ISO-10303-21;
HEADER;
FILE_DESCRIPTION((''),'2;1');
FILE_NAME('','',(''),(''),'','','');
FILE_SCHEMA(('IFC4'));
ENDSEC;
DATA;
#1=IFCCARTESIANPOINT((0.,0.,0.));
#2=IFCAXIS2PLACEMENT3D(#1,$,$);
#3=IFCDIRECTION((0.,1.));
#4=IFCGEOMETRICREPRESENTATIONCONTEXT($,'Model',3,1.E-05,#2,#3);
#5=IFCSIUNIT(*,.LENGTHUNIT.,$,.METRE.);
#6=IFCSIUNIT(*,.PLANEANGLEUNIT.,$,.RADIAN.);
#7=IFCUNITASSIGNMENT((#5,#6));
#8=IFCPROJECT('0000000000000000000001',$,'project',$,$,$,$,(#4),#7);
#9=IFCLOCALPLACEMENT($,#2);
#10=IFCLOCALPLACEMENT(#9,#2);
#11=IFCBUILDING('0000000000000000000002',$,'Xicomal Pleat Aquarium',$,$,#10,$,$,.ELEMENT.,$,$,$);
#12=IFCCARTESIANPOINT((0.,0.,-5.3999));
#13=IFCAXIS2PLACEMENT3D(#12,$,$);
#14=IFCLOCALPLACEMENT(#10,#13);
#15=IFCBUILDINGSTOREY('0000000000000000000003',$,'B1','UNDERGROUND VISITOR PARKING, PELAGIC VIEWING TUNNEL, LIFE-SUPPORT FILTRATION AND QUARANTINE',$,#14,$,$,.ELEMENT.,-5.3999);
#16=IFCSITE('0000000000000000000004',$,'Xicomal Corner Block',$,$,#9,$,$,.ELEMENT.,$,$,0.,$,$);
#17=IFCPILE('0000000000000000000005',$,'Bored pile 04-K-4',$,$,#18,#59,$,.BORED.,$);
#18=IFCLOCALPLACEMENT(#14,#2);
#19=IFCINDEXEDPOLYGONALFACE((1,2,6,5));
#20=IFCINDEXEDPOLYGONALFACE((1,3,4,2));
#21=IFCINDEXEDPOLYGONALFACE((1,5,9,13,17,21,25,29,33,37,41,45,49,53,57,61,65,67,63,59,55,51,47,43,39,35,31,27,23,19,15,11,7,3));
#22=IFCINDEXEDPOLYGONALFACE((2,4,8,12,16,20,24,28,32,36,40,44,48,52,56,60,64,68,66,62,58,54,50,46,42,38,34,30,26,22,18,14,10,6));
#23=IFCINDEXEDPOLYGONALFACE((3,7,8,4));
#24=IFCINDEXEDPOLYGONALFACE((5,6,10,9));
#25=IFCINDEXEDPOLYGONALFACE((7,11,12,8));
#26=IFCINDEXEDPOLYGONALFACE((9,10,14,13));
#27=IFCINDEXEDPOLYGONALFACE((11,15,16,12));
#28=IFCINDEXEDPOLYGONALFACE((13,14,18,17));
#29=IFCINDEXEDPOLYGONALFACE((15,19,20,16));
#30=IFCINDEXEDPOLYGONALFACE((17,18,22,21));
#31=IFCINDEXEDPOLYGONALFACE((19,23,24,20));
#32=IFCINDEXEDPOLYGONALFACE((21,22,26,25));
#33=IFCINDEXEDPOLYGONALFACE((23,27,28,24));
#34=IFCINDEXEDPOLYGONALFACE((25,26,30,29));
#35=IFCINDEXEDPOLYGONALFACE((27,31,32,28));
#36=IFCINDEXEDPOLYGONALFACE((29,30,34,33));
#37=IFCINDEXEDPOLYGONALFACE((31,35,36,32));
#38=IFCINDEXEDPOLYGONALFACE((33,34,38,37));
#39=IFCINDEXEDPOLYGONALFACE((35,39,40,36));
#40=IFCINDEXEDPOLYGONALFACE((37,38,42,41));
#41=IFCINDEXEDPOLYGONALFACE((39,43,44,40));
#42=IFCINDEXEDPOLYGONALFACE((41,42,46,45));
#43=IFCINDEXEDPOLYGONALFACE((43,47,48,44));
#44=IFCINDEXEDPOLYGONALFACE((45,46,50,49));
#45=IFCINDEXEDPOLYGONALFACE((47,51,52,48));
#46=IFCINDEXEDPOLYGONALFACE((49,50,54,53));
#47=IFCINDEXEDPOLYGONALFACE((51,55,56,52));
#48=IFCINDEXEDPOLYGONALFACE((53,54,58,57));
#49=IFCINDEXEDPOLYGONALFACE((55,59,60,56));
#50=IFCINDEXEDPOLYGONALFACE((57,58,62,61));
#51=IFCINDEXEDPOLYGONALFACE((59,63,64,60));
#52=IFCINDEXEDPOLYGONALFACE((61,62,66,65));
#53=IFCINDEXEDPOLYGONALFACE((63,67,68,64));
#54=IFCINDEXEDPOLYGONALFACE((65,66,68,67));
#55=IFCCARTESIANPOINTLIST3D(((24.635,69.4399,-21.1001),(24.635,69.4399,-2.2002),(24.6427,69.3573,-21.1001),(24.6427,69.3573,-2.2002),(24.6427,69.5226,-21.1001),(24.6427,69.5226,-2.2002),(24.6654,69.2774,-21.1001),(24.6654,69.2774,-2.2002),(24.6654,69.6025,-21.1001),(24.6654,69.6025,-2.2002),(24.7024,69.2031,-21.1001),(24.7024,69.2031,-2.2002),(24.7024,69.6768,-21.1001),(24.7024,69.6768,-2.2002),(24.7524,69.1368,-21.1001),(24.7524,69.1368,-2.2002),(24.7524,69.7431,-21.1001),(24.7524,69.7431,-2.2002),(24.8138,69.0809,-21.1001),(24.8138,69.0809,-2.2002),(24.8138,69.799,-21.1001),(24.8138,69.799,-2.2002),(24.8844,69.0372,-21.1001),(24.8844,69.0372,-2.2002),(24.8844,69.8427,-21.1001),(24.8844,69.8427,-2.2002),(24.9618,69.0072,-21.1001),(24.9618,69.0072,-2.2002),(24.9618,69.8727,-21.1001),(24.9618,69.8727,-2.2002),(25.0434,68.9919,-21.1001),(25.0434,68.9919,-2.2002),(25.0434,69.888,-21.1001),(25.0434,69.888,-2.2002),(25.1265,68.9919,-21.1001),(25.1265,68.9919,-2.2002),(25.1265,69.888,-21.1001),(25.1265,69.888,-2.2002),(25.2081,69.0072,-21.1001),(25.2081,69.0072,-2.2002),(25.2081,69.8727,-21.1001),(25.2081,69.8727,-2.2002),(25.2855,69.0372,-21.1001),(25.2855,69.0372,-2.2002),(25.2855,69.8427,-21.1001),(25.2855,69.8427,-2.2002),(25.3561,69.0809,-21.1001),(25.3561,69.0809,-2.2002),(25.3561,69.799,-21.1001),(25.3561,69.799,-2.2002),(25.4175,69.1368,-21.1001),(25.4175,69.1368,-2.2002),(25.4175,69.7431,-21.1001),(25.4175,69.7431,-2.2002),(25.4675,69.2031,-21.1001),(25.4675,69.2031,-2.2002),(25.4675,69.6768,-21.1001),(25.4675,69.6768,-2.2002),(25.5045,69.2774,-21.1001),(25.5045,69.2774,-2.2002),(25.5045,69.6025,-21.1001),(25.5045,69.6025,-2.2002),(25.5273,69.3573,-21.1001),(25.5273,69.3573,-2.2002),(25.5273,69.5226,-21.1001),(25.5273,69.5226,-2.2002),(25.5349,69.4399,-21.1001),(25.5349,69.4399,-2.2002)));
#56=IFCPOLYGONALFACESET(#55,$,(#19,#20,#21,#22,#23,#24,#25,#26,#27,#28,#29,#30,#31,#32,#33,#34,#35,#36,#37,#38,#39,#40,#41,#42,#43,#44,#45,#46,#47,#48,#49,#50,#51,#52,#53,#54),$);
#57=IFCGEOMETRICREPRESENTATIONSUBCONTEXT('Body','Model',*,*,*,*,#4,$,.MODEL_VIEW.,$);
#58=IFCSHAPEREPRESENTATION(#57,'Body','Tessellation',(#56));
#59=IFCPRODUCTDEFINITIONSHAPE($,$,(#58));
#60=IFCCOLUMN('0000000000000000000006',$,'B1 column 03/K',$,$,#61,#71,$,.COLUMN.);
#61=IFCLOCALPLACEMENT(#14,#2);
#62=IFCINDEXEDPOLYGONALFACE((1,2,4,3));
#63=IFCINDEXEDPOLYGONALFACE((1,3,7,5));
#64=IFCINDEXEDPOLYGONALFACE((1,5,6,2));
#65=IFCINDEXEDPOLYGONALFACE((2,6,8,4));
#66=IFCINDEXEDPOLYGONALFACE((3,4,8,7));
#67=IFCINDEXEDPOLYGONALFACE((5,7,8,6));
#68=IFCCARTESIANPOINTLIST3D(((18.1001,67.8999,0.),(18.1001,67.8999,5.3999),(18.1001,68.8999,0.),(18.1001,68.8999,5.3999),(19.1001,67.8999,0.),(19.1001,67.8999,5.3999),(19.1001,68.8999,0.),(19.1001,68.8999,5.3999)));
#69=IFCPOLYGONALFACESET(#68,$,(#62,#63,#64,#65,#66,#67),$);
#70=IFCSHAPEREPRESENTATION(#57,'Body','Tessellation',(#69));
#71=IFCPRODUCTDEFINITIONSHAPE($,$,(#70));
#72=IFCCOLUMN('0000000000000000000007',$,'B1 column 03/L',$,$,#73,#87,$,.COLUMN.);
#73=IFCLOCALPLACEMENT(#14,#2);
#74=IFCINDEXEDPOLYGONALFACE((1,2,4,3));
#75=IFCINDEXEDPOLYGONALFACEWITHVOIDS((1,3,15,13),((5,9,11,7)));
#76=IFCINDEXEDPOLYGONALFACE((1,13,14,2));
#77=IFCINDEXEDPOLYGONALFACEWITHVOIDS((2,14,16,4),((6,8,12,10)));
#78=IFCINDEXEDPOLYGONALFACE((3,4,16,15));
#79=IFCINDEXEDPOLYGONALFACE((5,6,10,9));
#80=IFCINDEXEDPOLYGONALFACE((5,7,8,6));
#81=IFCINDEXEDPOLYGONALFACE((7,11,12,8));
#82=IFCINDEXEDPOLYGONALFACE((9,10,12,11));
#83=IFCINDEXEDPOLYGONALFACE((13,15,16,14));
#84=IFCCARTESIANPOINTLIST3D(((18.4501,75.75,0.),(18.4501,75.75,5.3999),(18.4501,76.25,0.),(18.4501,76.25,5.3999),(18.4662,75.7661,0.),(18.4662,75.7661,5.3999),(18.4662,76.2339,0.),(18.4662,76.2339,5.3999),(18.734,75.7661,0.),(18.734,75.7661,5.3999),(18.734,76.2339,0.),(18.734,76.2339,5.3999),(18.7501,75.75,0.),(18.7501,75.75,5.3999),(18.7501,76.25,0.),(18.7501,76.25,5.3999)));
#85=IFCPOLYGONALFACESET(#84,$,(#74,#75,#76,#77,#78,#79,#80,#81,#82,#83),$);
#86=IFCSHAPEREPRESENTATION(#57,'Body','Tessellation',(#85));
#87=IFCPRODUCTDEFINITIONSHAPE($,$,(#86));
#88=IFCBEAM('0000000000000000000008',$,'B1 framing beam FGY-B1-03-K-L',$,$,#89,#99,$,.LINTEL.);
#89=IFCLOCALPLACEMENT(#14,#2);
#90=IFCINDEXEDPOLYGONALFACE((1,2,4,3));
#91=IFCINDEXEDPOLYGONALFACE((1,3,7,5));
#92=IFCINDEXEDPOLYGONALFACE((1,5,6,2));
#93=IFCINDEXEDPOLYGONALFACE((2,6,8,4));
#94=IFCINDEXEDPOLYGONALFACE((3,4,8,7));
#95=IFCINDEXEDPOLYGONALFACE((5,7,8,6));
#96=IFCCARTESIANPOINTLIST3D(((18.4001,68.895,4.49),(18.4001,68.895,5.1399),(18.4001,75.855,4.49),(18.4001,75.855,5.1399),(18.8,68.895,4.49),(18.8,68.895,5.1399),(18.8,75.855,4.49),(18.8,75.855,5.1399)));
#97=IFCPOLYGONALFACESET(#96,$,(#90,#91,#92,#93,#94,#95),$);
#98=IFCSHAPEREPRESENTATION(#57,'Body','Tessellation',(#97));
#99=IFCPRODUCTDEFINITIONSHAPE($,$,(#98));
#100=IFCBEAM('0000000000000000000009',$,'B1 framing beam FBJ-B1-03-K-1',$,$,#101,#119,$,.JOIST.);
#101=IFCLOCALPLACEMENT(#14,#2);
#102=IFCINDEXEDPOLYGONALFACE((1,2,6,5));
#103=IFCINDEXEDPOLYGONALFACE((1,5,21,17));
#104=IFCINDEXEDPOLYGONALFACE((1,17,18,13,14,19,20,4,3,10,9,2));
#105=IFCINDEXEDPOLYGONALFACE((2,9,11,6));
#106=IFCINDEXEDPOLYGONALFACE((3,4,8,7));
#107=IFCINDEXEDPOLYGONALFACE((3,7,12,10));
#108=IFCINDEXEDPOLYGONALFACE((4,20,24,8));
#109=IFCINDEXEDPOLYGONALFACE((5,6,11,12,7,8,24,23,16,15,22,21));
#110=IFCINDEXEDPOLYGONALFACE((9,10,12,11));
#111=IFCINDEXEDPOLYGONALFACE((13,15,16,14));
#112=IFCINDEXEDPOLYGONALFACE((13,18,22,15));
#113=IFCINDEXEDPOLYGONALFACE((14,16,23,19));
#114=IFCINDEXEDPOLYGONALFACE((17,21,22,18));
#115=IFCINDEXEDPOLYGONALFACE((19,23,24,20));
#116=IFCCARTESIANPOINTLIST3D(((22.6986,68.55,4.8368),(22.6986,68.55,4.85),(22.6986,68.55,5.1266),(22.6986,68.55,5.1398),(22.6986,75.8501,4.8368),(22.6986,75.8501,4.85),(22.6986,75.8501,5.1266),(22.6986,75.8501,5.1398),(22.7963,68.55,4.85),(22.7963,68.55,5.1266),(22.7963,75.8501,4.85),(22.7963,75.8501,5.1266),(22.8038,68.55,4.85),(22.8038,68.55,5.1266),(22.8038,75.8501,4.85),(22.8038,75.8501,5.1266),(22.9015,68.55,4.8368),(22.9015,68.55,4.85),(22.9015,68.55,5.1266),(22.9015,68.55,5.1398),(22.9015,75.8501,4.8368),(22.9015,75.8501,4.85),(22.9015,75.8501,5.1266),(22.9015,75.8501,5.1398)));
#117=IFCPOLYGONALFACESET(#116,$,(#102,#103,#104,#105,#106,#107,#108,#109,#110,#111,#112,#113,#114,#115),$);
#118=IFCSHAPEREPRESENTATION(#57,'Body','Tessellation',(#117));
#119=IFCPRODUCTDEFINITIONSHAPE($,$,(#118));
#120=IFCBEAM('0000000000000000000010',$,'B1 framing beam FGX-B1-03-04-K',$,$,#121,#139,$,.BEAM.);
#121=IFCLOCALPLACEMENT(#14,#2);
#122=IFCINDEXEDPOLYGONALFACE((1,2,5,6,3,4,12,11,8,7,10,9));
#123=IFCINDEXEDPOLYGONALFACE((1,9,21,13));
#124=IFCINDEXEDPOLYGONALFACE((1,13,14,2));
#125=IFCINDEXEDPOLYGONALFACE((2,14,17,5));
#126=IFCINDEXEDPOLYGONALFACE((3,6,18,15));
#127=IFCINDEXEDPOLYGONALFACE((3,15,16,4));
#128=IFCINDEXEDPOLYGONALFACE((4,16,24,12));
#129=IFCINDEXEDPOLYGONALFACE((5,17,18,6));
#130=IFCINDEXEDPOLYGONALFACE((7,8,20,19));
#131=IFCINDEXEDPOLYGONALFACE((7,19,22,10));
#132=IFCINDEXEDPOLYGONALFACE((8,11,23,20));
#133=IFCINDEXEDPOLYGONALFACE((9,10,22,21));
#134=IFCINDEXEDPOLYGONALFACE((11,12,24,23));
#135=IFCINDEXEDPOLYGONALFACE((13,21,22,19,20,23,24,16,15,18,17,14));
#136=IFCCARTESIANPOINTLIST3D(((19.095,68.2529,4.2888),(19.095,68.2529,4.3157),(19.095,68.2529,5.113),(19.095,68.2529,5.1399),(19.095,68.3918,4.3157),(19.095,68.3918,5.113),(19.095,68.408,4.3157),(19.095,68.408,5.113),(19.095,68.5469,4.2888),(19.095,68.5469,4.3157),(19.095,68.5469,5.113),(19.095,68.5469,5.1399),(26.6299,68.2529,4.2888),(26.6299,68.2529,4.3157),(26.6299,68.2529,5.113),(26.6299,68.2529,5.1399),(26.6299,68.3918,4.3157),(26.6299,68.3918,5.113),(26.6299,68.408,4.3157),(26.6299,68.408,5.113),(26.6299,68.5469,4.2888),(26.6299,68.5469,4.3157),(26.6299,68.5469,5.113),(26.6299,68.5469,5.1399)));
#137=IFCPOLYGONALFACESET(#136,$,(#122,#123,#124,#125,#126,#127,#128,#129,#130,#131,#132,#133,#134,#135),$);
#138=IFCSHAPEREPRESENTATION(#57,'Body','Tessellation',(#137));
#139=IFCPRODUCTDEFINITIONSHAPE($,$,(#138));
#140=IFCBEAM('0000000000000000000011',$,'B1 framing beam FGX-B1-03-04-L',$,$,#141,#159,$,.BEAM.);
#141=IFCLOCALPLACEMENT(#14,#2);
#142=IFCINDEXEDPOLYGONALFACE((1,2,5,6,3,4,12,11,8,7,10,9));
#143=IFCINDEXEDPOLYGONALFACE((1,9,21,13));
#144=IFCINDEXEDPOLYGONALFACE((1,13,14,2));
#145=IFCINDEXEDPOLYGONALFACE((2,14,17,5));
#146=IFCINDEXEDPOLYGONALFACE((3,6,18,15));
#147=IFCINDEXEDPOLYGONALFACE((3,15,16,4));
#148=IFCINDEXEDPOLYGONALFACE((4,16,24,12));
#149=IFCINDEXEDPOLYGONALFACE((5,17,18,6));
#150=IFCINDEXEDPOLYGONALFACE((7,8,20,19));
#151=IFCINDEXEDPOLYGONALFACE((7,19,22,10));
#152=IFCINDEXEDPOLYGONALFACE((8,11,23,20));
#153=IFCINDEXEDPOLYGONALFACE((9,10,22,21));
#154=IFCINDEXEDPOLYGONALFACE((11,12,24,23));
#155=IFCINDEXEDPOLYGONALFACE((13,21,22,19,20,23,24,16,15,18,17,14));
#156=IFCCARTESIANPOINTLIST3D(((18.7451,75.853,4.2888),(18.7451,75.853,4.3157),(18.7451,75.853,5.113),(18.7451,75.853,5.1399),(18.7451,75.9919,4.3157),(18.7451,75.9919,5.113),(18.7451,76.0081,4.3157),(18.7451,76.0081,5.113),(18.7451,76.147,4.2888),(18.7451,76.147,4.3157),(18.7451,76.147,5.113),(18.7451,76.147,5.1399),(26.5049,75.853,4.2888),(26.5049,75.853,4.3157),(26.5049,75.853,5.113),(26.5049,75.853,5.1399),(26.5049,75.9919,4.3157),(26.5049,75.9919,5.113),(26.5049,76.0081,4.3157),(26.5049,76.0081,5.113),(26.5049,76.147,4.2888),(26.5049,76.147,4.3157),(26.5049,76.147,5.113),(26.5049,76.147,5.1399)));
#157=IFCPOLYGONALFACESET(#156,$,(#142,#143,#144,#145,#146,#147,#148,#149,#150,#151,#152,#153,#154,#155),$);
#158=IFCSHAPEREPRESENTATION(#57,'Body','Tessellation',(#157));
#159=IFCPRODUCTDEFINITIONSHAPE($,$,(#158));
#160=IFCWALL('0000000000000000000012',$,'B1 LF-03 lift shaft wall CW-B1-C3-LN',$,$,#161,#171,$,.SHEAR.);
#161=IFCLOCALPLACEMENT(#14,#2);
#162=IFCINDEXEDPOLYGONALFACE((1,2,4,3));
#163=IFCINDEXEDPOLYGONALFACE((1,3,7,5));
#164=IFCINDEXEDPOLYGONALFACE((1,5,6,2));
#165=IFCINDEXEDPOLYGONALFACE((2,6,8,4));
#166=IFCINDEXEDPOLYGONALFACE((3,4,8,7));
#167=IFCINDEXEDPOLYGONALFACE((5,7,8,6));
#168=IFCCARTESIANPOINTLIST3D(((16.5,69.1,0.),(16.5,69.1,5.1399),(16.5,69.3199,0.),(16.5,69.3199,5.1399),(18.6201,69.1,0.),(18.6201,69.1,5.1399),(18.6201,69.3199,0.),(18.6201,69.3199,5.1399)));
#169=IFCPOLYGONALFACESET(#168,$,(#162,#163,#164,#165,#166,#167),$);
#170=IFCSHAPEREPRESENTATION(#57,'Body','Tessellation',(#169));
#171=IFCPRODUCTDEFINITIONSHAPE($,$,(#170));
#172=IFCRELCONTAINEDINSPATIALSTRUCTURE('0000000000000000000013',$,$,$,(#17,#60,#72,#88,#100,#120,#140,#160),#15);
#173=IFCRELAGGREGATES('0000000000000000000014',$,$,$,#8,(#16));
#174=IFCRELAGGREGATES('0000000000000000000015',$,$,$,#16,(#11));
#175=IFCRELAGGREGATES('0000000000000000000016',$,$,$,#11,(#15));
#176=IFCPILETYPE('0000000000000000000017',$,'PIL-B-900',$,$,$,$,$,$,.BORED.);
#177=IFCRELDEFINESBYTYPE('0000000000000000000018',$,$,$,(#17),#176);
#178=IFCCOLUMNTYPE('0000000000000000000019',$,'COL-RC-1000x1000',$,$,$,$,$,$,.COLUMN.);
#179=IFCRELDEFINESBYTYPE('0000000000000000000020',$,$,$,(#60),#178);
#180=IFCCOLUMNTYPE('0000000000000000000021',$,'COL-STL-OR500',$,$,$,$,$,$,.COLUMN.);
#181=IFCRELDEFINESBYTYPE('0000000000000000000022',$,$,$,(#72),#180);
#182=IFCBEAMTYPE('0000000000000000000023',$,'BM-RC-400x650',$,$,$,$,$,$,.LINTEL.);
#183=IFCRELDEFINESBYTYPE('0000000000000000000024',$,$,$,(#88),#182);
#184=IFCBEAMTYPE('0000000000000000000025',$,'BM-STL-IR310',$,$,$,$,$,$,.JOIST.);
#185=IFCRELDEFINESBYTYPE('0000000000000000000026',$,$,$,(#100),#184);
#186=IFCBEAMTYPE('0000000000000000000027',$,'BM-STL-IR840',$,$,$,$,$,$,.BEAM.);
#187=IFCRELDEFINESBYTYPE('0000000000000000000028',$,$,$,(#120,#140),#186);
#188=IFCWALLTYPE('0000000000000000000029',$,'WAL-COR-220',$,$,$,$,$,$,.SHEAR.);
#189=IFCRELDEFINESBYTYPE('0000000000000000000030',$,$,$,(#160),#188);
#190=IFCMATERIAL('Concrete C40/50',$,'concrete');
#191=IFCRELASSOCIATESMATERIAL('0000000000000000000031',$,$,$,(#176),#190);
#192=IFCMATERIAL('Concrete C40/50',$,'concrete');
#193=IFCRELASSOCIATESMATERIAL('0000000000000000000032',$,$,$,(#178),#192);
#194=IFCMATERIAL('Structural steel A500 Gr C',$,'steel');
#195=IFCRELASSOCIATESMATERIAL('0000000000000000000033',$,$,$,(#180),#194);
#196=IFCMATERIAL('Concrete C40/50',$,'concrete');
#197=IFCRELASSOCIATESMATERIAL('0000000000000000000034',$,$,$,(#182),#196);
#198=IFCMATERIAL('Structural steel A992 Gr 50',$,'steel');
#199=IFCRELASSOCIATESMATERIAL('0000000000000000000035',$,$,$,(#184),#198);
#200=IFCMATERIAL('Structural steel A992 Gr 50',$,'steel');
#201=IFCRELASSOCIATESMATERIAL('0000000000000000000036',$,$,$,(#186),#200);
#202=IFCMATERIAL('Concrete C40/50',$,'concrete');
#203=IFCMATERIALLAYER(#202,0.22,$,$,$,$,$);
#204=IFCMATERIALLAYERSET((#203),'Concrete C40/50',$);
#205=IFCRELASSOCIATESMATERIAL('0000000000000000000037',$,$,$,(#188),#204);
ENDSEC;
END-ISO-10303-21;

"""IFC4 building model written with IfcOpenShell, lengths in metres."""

from ifc_helpers import new_model, si_unit, direction, frame, frame_2d, origin, origin_2d, place, context, subcontext, project, spatial, rectangle, hollow_rectangle, circle, i_section, extrude, material, layer, layer_set, material_profile, profile_set, type_object, element, save


model = new_model("IFC4")

# Units and contexts
model_context = context("Model", 3, precision=1e-05, world=origin(), true_north=direction((0.0, 1.0)))
body_context = subcontext(model_context, "Body", "Model", "MODEL_VIEW")
ifc_project = project(units=[si_unit("LENGTHUNIT", "METRE"), si_unit("PLANEANGLEUNIT", "RADIAN")], contexts=[model_context])

# Site, building, storey
site_placement = place(None, origin())
site = spatial("IfcSite", under=ifc_project, at=site_placement, Name="Xicomal Corner Block", CompositionType="ELEMENT", RefElevation=0.0)
building_placement = place(site_placement, origin())
building = spatial("IfcBuilding", under=site, at=building_placement, Name="Xicomal Pleat Aquarium", CompositionType="ELEMENT")
storey_placement = place(building_placement, frame((0.0, 0.0, -5.3999)))
storey = spatial("IfcBuildingStorey", under=building, at=storey_placement, Name="B1", Description="UNDERGROUND VISITOR PARKING, PELAGIC VIEWING TUNNEL, LIFE-SUPPORT FILTRATION AND QUARANTINE", CompositionType="ELEMENT", Elevation=-5.3999)

# Pile
ifc_material_1 = material(Name="Concrete C40/50", Category="concrete")
ifc_material_profile_1 = material_profile(ifc_material_1, circle(Radius=0.45, at=origin_2d()), Name="BORED PILE D900")
ifc_profile_set_1 = profile_set([ifc_material_profile_1], Name="Concrete C40/50")
pile_type_1 = type_object("IfcPileType", Name="PIL-B-900", PredefinedType="BORED", material=ifc_profile_set_1)
pile_1_placement = place(storey_placement, frame((25.085, 69.4399, -2.2002), z_axis=(0.0, 0.0, -1.0), x_axis=(1.0, 0.0, 0.0)))
element("IfcPile", 1, at=pile_1_placement, inside=storey, type_object=pile_type_1, Name="Bored pile 04-K-4", PredefinedType="BORED", context=body_context, shape_type="SweptSolid", body=[
    extrude(circle(Radius=0.45, at=origin_2d()), origin(), (0.0, 0.0, 1.0), 18.8999),
])

# Columns
ifc_material_2 = material(Name="Concrete C40/50", Category="concrete")
ifc_material_profile_2 = material_profile(ifc_material_2, rectangle(XDim=1.0, YDim=1.0, at=origin_2d()), Name="RC 1000x1000")
ifc_profile_set_2 = profile_set([ifc_material_profile_2], Name="Concrete C40/50")
column_type_1 = type_object("IfcColumnType", Name="COL-RC-1000x1000", PredefinedType="COLUMN", material=ifc_profile_set_2)
column_1_placement = place(storey_placement, frame((18.6001, 68.3999, 0.0), z_axis=(0.0, 0.0, 1.0), x_axis=(1.0, 0.0, 0.0)))
element("IfcColumn", 2, at=column_1_placement, inside=storey, type_object=column_type_1, Name="B1 column 03/K", PredefinedType="COLUMN", context=body_context, shape_type="SweptSolid", body=[
    extrude(rectangle(XDim=1.0, YDim=1.0, at=origin_2d()), origin(), (0.0, 0.0, 1.0), 5.3999),
])
ifc_material_3 = material(Name="Structural steel A500 Gr C", Category="steel")
ifc_material_profile_3 = material_profile(ifc_material_3, hollow_rectangle(XDim=0.3, YDim=0.5, WallThickness=0.0161, at=origin_2d()), Name="OR 500x300x16")
ifc_profile_set_3 = profile_set([ifc_material_profile_3], Name="Structural steel A500 Gr C")
column_type_2 = type_object("IfcColumnType", Name="COL-STL-OR500", PredefinedType="COLUMN", material=ifc_profile_set_3)
column_2_placement = place(storey_placement, frame((18.6001, 76.0, 0.0), z_axis=(0.0, 0.0, 1.0), x_axis=(1.0, 0.0, 0.0)))
element("IfcColumn", 3, at=column_2_placement, inside=storey, type_object=column_type_2, Name="B1 column 03/L", PredefinedType="COLUMN", context=body_context, shape_type="SweptSolid", body=[
    extrude(hollow_rectangle(XDim=0.3, YDim=0.5, WallThickness=0.0161, at=origin_2d()), origin(), (0.0, 0.0, 1.0), 5.3999),
])

# Beams
ifc_material_4 = material(Name="Concrete C40/50", Category="concrete")
ifc_material_profile_4 = material_profile(ifc_material_4, rectangle(XDim=0.3999, YDim=0.6499, at=origin_2d()), Name="RC 400x650")
ifc_profile_set_4 = profile_set([ifc_material_profile_4], Name="Concrete C40/50")
beam_type_1 = type_object("IfcBeamType", Name="BM-RC-400x650", PredefinedType="LINTEL", material=ifc_profile_set_4)
beam_1_placement = place(storey_placement, frame((18.6001, 68.895, 4.8149), z_axis=(0.0, 1.0, 0.0), x_axis=(-1.0, 0.0, 0.0)))
element("IfcBeam", 4, at=beam_1_placement, inside=storey, type_object=beam_type_1, Name="B1 framing beam FGY-B1-03-K-L", PredefinedType="LINTEL", context=body_context, shape_type="SweptSolid", body=[
    extrude(rectangle(XDim=0.3999, YDim=0.6499, at=origin_2d()), origin(), (0.0, 0.0, 1.0), 6.96),
])
ifc_material_5 = material(Name="Structural steel A992 Gr 50", Category="steel")
ifc_material_profile_5 = material_profile(ifc_material_5, i_section(OverallWidth=0.2029, OverallDepth=0.303, WebThickness=0.0076, FlangeThickness=0.0132, at=origin_2d()), Name="IR 310x60")
ifc_profile_set_5 = profile_set([ifc_material_profile_5], Name="Structural steel A992 Gr 50")
beam_type_2 = type_object("IfcBeamType", Name="BM-STL-IR310", PredefinedType="JOIST", material=ifc_profile_set_5)
beam_2_placement = place(storey_placement, frame((22.8, 68.55, 4.9883), z_axis=(0.0, 1.0, 0.0), x_axis=(-1.0, 0.0, 0.0)))
element("IfcBeam", 5, at=beam_2_placement, inside=storey, type_object=beam_type_2, Name="B1 framing beam FBJ-B1-03-K-1", PredefinedType="JOIST", context=body_context, shape_type="SweptSolid", body=[
    extrude(i_section(OverallWidth=0.2029, OverallDepth=0.303, WebThickness=0.0076, FlangeThickness=0.0132, at=origin_2d()), origin(), (0.0, 0.0, 1.0), 7.3),
])
ifc_material_6 = material(Name="Structural steel A992 Gr 50", Category="steel")
ifc_material_profile_6 = material_profile(ifc_material_6, i_section(OverallWidth=0.2939, OverallDepth=0.8511, WebThickness=0.0161, FlangeThickness=0.0269, at=origin_2d()), Name="IR 840x226")
ifc_profile_set_6 = profile_set([ifc_material_profile_6], Name="Structural steel A992 Gr 50")
beam_type_3 = type_object("IfcBeamType", Name="BM-STL-IR840", PredefinedType="BEAM", material=ifc_profile_set_6)
beam_3_placement = place(storey_placement, frame((19.095, 68.3999, 4.7144), z_axis=(1.0, 0.0, 0.0), x_axis=(0.0, 1.0, 0.0)))
element("IfcBeam", 6, at=beam_3_placement, inside=storey, type_object=beam_type_3, Name="B1 framing beam FGX-B1-03-04-K", PredefinedType="BEAM", context=body_context, shape_type="SweptSolid", body=[
    extrude(i_section(OverallWidth=0.2939, OverallDepth=0.8511, WebThickness=0.0161, FlangeThickness=0.0269, at=origin_2d()), origin(), (0.0, 0.0, 1.0), 7.5349),
])
beam_4_placement = place(storey_placement, frame((18.7451, 76.0, 4.7144), z_axis=(1.0, 0.0, 0.0), x_axis=(0.0, 1.0, 0.0)))
element("IfcBeam", 7, at=beam_4_placement, inside=storey, type_object=beam_type_3, Name="B1 framing beam FGX-B1-03-04-L", PredefinedType="BEAM", context=body_context, shape_type="SweptSolid", body=[
    extrude(i_section(OverallWidth=0.2939, OverallDepth=0.8511, WebThickness=0.0161, FlangeThickness=0.0269, at=origin_2d()), origin(), (0.0, 0.0, 1.0), 7.7598),
])

# Wall
ifc_material_7 = material(Name="Concrete C40/50", Category="concrete")
ifc_layer = layer(ifc_material_7, 0.22)
ifc_layer_set = layer_set([ifc_layer], Name="Concrete C40/50")
wall_type = type_object("IfcWallType", Name="WAL-COR-220", PredefinedType="SHEAR", material=ifc_layer_set)
wall_placement = place(storey_placement, frame((16.5, 69.21, 0.0), z_axis=(0.0, 0.0, 1.0), x_axis=(1.0, 0.0, 0.0)))
element("IfcWall", 8, at=wall_placement, inside=storey, type_object=wall_type, Name="B1 LF-03 lift shaft wall CW-B1-C3-LN", PredefinedType="SHEAR", context=body_context, shape_type="SweptSolid", body=[
    extrude(rectangle(XDim=2.1201, YDim=0.22, at=frame_2d((1.0601, 0.0))), origin(), (0.0, 0.0, 1.0), 5.1399),
])

save(model, "model.ifc")
